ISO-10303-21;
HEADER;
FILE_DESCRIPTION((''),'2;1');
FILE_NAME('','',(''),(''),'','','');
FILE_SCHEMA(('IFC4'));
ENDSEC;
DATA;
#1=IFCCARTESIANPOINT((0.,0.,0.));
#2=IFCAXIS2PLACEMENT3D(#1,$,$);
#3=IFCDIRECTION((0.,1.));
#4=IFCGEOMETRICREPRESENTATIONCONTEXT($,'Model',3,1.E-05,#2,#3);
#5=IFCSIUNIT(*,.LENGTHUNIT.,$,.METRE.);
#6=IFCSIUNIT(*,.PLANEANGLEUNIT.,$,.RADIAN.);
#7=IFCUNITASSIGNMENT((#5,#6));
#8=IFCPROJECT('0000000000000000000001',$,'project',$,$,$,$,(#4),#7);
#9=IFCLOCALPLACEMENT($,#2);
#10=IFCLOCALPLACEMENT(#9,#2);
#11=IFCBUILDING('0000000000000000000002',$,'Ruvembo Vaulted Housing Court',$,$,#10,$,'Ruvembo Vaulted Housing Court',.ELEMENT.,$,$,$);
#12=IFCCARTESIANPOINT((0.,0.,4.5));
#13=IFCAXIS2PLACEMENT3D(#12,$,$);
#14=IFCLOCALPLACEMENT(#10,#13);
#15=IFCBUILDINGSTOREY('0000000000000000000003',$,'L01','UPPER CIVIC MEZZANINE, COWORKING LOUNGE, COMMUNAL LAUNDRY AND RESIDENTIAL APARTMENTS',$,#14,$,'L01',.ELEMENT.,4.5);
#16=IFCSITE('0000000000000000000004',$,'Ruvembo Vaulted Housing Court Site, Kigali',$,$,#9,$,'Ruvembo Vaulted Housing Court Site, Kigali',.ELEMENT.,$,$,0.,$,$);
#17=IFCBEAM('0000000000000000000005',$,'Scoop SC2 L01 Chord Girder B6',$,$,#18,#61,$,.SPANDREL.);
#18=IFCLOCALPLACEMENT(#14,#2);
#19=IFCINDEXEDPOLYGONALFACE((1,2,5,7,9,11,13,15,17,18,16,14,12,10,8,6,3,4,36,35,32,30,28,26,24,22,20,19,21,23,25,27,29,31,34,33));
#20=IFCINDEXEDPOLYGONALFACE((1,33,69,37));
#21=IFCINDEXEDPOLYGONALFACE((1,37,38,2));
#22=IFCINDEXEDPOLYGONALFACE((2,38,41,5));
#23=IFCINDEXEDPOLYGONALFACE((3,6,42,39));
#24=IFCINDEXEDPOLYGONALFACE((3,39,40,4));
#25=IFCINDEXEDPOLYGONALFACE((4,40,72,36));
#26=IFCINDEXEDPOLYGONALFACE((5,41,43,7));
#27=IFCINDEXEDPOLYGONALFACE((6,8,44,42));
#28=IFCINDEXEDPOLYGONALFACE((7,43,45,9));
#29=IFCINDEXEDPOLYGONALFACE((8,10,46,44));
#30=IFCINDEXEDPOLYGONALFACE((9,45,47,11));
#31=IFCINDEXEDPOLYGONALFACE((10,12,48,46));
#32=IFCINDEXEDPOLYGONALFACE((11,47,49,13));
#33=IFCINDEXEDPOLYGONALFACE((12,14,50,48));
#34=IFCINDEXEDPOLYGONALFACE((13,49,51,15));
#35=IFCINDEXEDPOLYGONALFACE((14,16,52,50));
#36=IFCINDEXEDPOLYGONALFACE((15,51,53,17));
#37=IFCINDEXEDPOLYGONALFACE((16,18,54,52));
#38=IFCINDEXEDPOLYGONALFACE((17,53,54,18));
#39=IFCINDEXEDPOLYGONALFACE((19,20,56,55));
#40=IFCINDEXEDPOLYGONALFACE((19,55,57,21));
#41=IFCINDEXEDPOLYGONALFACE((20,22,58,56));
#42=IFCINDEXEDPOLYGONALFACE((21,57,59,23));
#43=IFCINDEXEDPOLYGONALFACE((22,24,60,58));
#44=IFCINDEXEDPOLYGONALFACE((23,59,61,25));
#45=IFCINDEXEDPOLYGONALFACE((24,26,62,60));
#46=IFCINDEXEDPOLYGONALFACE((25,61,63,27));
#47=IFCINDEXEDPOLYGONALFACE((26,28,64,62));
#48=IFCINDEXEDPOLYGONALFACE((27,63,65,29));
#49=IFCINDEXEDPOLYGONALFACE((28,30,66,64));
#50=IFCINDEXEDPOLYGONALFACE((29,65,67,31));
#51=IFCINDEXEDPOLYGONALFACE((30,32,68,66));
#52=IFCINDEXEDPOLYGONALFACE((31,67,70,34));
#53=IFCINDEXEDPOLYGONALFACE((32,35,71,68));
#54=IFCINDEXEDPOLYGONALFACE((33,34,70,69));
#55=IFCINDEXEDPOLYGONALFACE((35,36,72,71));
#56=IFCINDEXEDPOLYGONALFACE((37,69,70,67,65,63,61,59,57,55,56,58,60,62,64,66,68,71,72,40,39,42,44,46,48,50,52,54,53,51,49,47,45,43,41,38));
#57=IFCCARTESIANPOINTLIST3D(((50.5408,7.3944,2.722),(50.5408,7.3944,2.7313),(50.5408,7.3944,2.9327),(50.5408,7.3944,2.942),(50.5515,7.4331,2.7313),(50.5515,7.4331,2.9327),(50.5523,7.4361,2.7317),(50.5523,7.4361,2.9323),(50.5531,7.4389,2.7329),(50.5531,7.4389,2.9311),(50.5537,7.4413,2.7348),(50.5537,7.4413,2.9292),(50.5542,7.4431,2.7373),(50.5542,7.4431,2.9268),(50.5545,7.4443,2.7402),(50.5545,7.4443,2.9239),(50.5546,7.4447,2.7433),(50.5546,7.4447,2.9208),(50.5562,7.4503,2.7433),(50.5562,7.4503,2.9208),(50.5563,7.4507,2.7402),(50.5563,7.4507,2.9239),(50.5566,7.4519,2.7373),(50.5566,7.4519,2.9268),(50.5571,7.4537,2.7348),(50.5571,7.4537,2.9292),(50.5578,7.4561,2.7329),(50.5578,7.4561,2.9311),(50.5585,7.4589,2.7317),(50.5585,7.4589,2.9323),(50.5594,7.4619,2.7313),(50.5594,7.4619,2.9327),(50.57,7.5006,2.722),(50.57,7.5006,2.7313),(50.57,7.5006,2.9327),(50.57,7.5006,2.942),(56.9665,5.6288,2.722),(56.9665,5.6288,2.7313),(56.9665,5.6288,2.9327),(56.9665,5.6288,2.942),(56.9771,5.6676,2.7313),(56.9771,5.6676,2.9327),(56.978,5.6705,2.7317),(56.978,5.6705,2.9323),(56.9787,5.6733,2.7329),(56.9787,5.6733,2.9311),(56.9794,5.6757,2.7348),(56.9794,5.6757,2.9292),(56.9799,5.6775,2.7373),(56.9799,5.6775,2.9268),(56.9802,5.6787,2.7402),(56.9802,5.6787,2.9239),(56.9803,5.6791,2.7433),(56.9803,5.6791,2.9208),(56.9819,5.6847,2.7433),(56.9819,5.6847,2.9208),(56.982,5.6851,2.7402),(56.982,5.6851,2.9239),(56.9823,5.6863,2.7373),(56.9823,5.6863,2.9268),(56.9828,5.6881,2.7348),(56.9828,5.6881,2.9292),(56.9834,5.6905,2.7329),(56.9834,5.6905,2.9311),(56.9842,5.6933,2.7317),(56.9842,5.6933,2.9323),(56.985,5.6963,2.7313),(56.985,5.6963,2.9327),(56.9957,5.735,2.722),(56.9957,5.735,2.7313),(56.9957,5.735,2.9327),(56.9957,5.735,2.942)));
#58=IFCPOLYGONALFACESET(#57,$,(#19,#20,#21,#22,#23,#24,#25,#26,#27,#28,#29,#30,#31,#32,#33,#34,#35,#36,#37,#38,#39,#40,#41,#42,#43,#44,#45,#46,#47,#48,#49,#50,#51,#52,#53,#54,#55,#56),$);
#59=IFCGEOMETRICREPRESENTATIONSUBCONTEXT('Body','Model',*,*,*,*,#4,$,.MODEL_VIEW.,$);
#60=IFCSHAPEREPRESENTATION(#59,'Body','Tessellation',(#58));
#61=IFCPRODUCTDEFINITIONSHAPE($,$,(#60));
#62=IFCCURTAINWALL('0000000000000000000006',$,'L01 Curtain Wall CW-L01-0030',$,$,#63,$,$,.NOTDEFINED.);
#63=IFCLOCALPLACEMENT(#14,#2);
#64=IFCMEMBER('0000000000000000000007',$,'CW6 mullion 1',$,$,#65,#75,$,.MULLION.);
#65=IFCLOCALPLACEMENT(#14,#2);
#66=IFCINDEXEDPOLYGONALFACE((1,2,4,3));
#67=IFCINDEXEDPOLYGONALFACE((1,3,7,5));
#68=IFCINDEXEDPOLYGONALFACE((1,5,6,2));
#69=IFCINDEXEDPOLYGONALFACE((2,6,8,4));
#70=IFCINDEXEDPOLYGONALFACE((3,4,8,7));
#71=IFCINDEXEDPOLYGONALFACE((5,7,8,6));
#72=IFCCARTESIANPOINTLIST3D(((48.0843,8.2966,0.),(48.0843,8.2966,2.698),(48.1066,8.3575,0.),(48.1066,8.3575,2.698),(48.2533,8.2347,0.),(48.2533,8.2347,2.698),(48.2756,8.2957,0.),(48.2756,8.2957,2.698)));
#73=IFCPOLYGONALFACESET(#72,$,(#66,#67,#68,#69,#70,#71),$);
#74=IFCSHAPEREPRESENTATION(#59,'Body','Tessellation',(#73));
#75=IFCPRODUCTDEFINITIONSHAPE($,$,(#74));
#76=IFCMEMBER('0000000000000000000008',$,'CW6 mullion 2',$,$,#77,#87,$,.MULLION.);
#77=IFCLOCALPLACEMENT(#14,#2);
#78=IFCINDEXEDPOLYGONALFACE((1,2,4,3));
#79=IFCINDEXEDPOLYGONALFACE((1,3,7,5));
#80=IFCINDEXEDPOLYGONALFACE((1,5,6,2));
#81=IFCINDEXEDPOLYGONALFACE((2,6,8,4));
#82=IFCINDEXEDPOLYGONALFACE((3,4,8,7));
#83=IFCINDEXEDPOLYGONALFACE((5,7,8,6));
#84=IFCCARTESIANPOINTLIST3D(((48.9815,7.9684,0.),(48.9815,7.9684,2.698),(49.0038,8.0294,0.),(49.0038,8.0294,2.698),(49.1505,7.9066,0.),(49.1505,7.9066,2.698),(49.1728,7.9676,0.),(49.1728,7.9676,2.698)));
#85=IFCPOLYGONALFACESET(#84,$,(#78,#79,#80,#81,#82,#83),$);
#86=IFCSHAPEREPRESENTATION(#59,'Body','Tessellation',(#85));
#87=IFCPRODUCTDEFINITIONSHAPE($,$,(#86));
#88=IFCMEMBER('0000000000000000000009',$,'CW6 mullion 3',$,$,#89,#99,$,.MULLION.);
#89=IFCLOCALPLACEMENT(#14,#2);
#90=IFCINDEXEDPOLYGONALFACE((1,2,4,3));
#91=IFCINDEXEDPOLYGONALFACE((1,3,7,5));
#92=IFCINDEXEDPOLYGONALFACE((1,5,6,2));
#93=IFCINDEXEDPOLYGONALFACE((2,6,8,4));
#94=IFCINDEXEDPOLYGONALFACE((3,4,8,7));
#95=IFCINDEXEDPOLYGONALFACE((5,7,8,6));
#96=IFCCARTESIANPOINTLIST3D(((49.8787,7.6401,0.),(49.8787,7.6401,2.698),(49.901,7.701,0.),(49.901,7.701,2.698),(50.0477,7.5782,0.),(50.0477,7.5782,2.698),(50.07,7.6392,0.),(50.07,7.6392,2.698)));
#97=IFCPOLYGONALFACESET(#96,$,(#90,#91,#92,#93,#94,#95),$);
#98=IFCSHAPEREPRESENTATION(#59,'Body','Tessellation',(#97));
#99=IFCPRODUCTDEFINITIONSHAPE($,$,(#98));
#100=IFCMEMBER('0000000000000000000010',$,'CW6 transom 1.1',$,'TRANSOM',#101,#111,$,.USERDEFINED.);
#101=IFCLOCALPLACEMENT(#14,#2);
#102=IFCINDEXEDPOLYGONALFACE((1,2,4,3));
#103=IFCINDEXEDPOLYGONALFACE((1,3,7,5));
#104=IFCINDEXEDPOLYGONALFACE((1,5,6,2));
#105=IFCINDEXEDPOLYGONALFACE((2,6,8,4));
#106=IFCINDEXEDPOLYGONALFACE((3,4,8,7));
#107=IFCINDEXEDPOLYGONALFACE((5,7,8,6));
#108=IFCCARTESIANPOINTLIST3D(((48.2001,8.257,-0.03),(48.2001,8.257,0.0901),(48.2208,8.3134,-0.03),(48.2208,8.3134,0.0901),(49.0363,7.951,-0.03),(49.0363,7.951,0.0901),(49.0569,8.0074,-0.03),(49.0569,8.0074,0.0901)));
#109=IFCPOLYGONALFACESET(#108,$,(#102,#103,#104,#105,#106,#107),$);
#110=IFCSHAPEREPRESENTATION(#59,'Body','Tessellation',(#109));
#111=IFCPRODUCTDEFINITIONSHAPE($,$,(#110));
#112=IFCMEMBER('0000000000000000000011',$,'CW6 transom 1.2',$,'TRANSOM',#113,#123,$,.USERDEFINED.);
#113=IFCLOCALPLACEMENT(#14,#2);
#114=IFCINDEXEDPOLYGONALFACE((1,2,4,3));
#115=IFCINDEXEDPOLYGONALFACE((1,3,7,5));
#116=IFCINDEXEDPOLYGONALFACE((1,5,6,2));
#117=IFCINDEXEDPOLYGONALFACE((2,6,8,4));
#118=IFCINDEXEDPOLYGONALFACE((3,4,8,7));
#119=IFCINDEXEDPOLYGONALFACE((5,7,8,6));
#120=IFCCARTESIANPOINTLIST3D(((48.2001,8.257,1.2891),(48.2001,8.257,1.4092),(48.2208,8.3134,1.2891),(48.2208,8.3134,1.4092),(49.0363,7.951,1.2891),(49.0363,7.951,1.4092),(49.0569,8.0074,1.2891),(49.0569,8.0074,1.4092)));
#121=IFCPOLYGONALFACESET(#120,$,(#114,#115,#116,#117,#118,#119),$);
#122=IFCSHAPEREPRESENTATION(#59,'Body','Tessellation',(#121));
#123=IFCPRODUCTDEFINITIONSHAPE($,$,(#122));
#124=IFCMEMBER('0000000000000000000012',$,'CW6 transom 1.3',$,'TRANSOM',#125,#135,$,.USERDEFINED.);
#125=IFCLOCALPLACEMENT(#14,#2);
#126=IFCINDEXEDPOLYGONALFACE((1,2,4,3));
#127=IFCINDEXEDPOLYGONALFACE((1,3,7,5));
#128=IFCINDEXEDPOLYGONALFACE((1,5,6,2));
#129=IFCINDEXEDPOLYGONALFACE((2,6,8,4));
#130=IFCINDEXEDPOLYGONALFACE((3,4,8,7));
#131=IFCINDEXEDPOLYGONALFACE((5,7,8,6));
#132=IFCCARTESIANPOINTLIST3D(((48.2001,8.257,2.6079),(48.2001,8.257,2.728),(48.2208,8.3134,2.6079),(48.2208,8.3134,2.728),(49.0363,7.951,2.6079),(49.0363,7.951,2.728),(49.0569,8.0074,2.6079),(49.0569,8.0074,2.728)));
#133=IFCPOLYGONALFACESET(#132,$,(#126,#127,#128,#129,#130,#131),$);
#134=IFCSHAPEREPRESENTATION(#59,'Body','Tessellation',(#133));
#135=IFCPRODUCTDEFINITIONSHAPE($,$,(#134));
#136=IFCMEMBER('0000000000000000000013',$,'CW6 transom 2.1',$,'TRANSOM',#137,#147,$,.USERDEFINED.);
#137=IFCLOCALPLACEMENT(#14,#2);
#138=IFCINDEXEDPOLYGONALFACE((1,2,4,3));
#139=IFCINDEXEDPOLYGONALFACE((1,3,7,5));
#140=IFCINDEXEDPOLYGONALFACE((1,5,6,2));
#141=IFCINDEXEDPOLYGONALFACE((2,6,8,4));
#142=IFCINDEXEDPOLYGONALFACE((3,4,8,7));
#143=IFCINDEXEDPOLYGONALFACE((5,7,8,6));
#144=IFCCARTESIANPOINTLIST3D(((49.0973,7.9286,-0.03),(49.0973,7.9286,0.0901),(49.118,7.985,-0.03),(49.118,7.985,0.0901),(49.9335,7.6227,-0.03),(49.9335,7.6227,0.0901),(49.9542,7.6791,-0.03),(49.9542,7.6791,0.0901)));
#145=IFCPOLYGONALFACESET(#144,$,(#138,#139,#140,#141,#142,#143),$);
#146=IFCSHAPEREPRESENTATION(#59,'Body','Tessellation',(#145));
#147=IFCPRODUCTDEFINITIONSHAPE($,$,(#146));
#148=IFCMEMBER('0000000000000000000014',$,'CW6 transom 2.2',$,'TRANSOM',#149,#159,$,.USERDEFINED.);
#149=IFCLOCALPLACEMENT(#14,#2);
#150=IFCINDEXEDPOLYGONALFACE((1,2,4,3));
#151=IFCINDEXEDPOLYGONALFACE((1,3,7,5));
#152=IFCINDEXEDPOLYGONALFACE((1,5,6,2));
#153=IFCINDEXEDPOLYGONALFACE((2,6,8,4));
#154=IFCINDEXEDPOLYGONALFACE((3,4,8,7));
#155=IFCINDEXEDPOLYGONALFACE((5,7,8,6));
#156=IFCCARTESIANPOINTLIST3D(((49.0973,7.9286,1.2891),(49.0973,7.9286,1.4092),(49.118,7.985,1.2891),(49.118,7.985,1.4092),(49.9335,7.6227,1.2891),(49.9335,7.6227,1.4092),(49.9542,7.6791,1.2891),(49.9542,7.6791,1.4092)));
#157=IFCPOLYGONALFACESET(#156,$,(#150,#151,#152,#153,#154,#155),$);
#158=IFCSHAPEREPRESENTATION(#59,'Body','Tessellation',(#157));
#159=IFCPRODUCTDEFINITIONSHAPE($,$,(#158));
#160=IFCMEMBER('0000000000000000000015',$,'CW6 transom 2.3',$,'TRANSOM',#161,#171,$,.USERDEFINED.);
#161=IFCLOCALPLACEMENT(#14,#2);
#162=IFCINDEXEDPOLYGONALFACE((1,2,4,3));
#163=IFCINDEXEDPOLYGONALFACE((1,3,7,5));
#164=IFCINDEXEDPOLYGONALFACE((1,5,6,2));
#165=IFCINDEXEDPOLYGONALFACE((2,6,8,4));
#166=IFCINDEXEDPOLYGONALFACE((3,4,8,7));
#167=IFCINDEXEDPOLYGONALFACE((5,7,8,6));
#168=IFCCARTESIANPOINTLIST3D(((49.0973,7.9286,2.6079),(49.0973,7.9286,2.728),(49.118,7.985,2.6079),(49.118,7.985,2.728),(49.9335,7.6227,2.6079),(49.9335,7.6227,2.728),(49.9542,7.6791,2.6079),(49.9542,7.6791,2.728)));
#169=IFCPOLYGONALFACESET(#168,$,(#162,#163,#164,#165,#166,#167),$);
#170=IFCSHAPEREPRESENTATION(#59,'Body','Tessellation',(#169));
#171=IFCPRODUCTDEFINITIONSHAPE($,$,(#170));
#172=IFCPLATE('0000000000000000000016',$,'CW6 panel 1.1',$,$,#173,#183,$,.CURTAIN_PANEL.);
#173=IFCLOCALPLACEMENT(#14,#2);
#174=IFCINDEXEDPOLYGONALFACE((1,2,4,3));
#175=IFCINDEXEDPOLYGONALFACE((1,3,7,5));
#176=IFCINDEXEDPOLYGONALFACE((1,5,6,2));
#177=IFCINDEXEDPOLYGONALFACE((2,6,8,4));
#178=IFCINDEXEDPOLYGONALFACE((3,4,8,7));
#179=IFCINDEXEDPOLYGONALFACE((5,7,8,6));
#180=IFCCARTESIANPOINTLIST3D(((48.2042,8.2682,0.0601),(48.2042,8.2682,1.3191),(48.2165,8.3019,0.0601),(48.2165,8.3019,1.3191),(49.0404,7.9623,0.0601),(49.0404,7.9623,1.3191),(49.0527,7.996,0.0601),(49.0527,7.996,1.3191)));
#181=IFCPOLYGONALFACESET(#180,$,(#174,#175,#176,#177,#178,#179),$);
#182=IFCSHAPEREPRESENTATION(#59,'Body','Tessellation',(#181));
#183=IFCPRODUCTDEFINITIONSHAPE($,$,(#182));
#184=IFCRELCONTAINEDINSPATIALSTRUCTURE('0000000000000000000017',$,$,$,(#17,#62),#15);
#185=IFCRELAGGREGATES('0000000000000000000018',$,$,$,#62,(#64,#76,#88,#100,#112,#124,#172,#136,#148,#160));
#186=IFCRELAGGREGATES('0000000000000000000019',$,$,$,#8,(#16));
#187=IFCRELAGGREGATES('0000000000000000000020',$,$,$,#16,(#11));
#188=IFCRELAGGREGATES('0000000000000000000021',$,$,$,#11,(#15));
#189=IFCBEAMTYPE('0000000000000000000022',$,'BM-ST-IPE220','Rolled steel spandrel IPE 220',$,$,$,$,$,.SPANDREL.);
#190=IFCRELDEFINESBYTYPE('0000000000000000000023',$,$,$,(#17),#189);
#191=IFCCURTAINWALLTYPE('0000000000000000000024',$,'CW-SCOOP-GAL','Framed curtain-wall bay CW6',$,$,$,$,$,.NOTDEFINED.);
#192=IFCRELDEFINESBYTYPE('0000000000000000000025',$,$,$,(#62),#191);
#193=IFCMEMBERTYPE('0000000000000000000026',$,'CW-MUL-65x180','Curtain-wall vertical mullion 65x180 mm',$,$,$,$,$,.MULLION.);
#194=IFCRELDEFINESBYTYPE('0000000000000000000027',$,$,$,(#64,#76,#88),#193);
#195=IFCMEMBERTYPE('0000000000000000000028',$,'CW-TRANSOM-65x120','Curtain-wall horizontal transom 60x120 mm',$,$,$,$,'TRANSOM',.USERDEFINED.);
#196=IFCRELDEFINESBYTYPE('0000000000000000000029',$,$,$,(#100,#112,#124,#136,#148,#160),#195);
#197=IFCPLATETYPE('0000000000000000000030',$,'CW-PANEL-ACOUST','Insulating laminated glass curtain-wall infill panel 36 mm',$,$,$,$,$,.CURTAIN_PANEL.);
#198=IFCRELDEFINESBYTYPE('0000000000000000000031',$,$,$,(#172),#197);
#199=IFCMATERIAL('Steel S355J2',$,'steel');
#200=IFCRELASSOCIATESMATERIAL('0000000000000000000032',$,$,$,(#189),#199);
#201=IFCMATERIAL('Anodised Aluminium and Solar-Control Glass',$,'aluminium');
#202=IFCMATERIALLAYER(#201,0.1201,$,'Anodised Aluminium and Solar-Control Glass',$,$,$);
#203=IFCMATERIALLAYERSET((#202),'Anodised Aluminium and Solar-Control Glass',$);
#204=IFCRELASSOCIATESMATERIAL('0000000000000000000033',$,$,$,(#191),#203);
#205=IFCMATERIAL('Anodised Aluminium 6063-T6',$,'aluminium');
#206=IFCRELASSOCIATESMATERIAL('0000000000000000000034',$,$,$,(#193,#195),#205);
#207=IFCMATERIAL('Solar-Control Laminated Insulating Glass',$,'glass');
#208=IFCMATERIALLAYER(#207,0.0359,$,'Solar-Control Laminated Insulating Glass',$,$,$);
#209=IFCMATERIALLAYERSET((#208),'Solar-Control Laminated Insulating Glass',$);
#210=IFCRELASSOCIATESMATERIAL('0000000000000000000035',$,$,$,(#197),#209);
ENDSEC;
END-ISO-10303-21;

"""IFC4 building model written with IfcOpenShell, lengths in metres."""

from ifc_helpers import new_model, si_unit, direction, frame, origin, origin_2d, place, context, subcontext, project, spatial, rectangle, i_section, extrude, material, layer, layer_set, material_profile, profile_set, type_object, element, aggregate, save


model = new_model("IFC4")

# Units and contexts
model_context = context("Model", 3, precision=1e-05, world=origin(), true_north=direction((0.0, 1.0)))
body_context = subcontext(model_context, "Body", "Model", "MODEL_VIEW")
ifc_project = project(units=[si_unit("LENGTHUNIT", "METRE"), si_unit("PLANEANGLEUNIT", "RADIAN")], contexts=[model_context])

# Site, building, storey
site_placement = place(None, origin())
site = spatial("IfcSite", under=ifc_project, at=site_placement, Name="Ruvembo Vaulted Housing Court Site, Kigali", LongName="Ruvembo Vaulted Housing Court Site, Kigali", CompositionType="ELEMENT", RefElevation=0.0)
building_placement = place(site_placement, origin())
building = spatial("IfcBuilding", under=site, at=building_placement, Name="Ruvembo Vaulted Housing Court", LongName="Ruvembo Vaulted Housing Court", CompositionType="ELEMENT")
storey_placement = place(building_placement, frame((0.0, 0.0, 4.5)))
storey = spatial("IfcBuildingStorey", under=building, at=storey_placement, Name="L01", Description="UPPER CIVIC MEZZANINE, COWORKING LOUNGE, COMMUNAL LAUNDRY AND RESIDENTIAL APARTMENTS", LongName="L01", CompositionType="ELEMENT", Elevation=4.5)

# Beam
ifc_material_1 = material(Name="Steel S355J2", Category="steel")
ifc_material_profile_1 = material_profile(ifc_material_1, i_section(OverallWidth=0.1101, OverallDepth=0.22, WebThickness=0.0059, FlangeThickness=0.0093, FilletRadius=0.012, at=origin_2d()), Name="IPE 220")
ifc_profile_set_1 = profile_set([ifc_material_profile_1], Name="Steel S355J2")
beam_type_1 = type_object("IfcBeamType", Name="BM-ST-IPE220", Description="Rolled steel spandrel IPE 220", PredefinedType="SPANDREL", material=ifc_profile_set_1)
beam_1_placement = place(storey_placement, frame((50.5554, 7.4475, 2.832), z_axis=(0.964262, -0.264952, 0.0), x_axis=(0.264952, 0.964262, 0.0)))
element("IfcBeam", 1, at=beam_1_placement, inside=storey, type_object=beam_type_1, Name="Scoop SC2 L01 Chord Girder B6", PredefinedType="SPANDREL", context=body_context, shape_type="SweptSolid", body=[
    extrude(i_section(OverallWidth=0.1101, OverallDepth=0.22, WebThickness=0.0059, FlangeThickness=0.0093, FilletRadius=0.012, at=origin_2d()), origin(), (0.0, 0.0, 1.0), 6.6638),
])

# Curtain wall, members, plate
ifc_material_2 = material(Name="Anodised Aluminium and Solar-Control Glass", Category="aluminium")
ifc_layer_1 = layer(ifc_material_2, 0.1201, Name="Anodised Aluminium and Solar-Control Glass")
ifc_layer_set_1 = layer_set([ifc_layer_1], Name="Anodised Aluminium and Solar-Control Glass")
curtain_wall_type = type_object("IfcCurtainWallType", Name="CW-SCOOP-GAL", Description="Framed curtain-wall bay CW6", PredefinedType="NOTDEFINED", material=ifc_layer_set_1)
curtain_wall_placement = place(storey_placement, origin())
curtain_wall = element("IfcCurtainWall", 2, at=curtain_wall_placement, inside=storey, type_object=curtain_wall_type, Name="L01 Curtain Wall CW-L01-0030", PredefinedType="NOTDEFINED")
ifc_material_3 = material(Name="Anodised Aluminium 6063-T6", Category="aluminium")
ifc_material_profile_2 = material_profile(ifc_material_3, rectangle(XDim=0.0649, YDim=0.1799, at=origin_2d()), Name="ALU 65x180")
ifc_profile_set_2 = profile_set([ifc_material_profile_2], Name="Anodised Aluminium 6063-T6")
member_type_1 = type_object("IfcMemberType", Name="CW-MUL-65x180", Description="Curtain-wall vertical mullion 65x180 mm", PredefinedType="MULLION", material=ifc_profile_set_2)
member_1_placement = place(storey_placement, frame((48.1799, 8.2961, 0.0), z_axis=(0.0, 0.0, 1.0), x_axis=(0.34353, 0.939142, 0.0)))
member_1 = element("IfcMember", 3, at=member_1_placement, type_object=member_type_1, Name="CW6 mullion 1", PredefinedType="MULLION", context=body_context, shape_type="SweptSolid", body=[
    extrude(rectangle(XDim=0.0649, YDim=0.1799, at=origin_2d()), origin(), (0.0, 0.0, 1.0), 2.698),
])
member_2_placement = place(storey_placement, frame((49.0771, 7.968, 0.0), z_axis=(0.0, 0.0, 1.0), x_axis=(0.34353, 0.939142, 0.0)))
member_2 = element("IfcMember", 4, at=member_2_placement, type_object=member_type_1, Name="CW6 mullion 2", PredefinedType="MULLION", context=body_context, shape_type="SweptSolid", body=[
    extrude(rectangle(XDim=0.0649, YDim=0.1799, at=origin_2d()), origin(), (0.0, 0.0, 1.0), 2.698),
])
member_3_placement = place(storey_placement, frame((49.9744, 7.6396, 0.0), z_axis=(0.0, 0.0, 1.0), x_axis=(0.34353, 0.939142, 0.0)))
member_3 = element("IfcMember", 5, at=member_3_placement, type_object=member_type_1, Name="CW6 mullion 3", PredefinedType="MULLION", context=body_context, shape_type="SweptSolid", body=[
    extrude(rectangle(XDim=0.0649, YDim=0.1799, at=origin_2d()), origin(), (0.0, 0.0, 1.0), 2.698),
])
ifc_material_profile_3 = material_profile(ifc_material_3, rectangle(XDim=0.0601, YDim=0.1201, at=origin_2d()), Name="ALU 60x120")
ifc_profile_set_3 = profile_set([ifc_material_profile_3], Name="Anodised Aluminium 6063-T6")
member_type_2 = type_object("IfcMemberType", Name="CW-TRANSOM-65x120", Description="Curtain-wall horizontal transom 60x120 mm", ElementType="TRANSOM", PredefinedType="USERDEFINED", material=ifc_profile_set_3)
member_4_placement = place(storey_placement, frame((48.2104, 8.2852, 0.03), z_axis=(0.939127, -0.34357, 0.0), x_axis=(0.34357, 0.939127, 0.0)))
member_4 = element("IfcMember", 6, at=member_4_placement, type_object=member_type_2, Name="CW6 transom 1.1", ObjectType="TRANSOM", PredefinedType="USERDEFINED", context=body_context, shape_type="SweptSolid", body=[
    extrude(rectangle(XDim=0.0601, YDim=0.1201, at=origin_2d()), origin(), (0.0, 0.0, 1.0), 0.8904),
])
member_5_placement = place(storey_placement, frame((48.2104, 8.2852, 1.3491), z_axis=(0.939127, -0.34357, 0.0), x_axis=(0.34357, 0.939127, 0.0)))
member_5 = element("IfcMember", 7, at=member_5_placement, type_object=member_type_2, Name="CW6 transom 1.2", ObjectType="TRANSOM", PredefinedType="USERDEFINED", context=body_context, shape_type="SweptSolid", body=[
    extrude(rectangle(XDim=0.0601, YDim=0.1201, at=origin_2d()), origin(), (0.0, 0.0, 1.0), 0.8904),
])
member_6_placement = place(storey_placement, frame((48.2104, 8.2852, 2.668), z_axis=(0.939127, -0.34357, 0.0), x_axis=(0.34357, 0.939127, 0.0)))
member_6 = element("IfcMember", 8, at=member_6_placement, type_object=member_type_2, Name="CW6 transom 1.3", ObjectType="TRANSOM", PredefinedType="USERDEFINED", context=body_context, shape_type="SweptSolid", body=[
    extrude(rectangle(XDim=0.0601, YDim=0.1201, at=origin_2d()), origin(), (0.0, 0.0, 1.0), 0.8904),
])
member_7_placement = place(storey_placement, frame((49.1077, 7.9568, 0.03), z_axis=(0.939127, -0.34357, 0.0), x_axis=(0.34357, 0.939127, 0.0)))
member_7 = element("IfcMember", 9, at=member_7_placement, type_object=member_type_2, Name="CW6 transom 2.1", ObjectType="TRANSOM", PredefinedType="USERDEFINED", context=body_context, shape_type="SweptSolid", body=[
    extrude(rectangle(XDim=0.0601, YDim=0.1201, at=origin_2d()), origin(), (0.0, 0.0, 1.0), 0.8904),
])
member_8_placement = place(storey_placement, frame((49.1077, 7.9568, 1.3491), z_axis=(0.939127, -0.34357, 0.0), x_axis=(0.34357, 0.939127, 0.0)))
member_8 = element("IfcMember", 10, at=member_8_placement, type_object=member_type_2, Name="CW6 transom 2.2", ObjectType="TRANSOM", PredefinedType="USERDEFINED", context=body_context, shape_type="SweptSolid", body=[
    extrude(rectangle(XDim=0.0601, YDim=0.1201, at=origin_2d()), origin(), (0.0, 0.0, 1.0), 0.8904),
])
member_9_placement = place(storey_placement, frame((49.1077, 7.9568, 2.668), z_axis=(0.939127, -0.34357, 0.0), x_axis=(0.34357, 0.939127, 0.0)))
member_9 = element("IfcMember", 11, at=member_9_placement, type_object=member_type_2, Name="CW6 transom 2.3", ObjectType="TRANSOM", PredefinedType="USERDEFINED", context=body_context, shape_type="SweptSolid", body=[
    extrude(rectangle(XDim=0.0601, YDim=0.1201, at=origin_2d()), origin(), (0.0, 0.0, 1.0), 0.8904),
])
ifc_material_4 = material(Name="Solar-Control Laminated Insulating Glass", Category="glass")
ifc_layer_2 = layer(ifc_material_4, 0.0359, Name="Solar-Control Laminated Insulating Glass")
ifc_layer_set_2 = layer_set([ifc_layer_2], Name="Solar-Control Laminated Insulating Glass")
plate_type_1 = type_object("IfcPlateType", Name="CW-PANEL-ACOUST", Description="Insulating laminated glass curtain-wall infill panel 36 mm", PredefinedType="CURTAIN_PANEL", material=ifc_layer_set_2)
plate_1_placement = place(storey_placement, frame((48.6284, 8.1321, 0.0601), z_axis=(0.0, 0.0, 1.0), x_axis=(0.939142, -0.34353, 0.0)))
plate_1 = element("IfcPlate", 12, at=plate_1_placement, type_object=plate_type_1, Name="CW6 panel 1.1", PredefinedType="CURTAIN_PANEL", context=body_context, shape_type="SweptSolid", body=[
    extrude(rectangle(XDim=0.8904, YDim=0.0359, at=origin_2d()), origin(), (0.0, 0.0, 1.0), 1.259),
])
aggregate(curtain_wall, [member_1, member_2, member_3, member_4, member_5, member_6, plate_1, member_7, member_8, member_9])

save(model, "model.ifc")
